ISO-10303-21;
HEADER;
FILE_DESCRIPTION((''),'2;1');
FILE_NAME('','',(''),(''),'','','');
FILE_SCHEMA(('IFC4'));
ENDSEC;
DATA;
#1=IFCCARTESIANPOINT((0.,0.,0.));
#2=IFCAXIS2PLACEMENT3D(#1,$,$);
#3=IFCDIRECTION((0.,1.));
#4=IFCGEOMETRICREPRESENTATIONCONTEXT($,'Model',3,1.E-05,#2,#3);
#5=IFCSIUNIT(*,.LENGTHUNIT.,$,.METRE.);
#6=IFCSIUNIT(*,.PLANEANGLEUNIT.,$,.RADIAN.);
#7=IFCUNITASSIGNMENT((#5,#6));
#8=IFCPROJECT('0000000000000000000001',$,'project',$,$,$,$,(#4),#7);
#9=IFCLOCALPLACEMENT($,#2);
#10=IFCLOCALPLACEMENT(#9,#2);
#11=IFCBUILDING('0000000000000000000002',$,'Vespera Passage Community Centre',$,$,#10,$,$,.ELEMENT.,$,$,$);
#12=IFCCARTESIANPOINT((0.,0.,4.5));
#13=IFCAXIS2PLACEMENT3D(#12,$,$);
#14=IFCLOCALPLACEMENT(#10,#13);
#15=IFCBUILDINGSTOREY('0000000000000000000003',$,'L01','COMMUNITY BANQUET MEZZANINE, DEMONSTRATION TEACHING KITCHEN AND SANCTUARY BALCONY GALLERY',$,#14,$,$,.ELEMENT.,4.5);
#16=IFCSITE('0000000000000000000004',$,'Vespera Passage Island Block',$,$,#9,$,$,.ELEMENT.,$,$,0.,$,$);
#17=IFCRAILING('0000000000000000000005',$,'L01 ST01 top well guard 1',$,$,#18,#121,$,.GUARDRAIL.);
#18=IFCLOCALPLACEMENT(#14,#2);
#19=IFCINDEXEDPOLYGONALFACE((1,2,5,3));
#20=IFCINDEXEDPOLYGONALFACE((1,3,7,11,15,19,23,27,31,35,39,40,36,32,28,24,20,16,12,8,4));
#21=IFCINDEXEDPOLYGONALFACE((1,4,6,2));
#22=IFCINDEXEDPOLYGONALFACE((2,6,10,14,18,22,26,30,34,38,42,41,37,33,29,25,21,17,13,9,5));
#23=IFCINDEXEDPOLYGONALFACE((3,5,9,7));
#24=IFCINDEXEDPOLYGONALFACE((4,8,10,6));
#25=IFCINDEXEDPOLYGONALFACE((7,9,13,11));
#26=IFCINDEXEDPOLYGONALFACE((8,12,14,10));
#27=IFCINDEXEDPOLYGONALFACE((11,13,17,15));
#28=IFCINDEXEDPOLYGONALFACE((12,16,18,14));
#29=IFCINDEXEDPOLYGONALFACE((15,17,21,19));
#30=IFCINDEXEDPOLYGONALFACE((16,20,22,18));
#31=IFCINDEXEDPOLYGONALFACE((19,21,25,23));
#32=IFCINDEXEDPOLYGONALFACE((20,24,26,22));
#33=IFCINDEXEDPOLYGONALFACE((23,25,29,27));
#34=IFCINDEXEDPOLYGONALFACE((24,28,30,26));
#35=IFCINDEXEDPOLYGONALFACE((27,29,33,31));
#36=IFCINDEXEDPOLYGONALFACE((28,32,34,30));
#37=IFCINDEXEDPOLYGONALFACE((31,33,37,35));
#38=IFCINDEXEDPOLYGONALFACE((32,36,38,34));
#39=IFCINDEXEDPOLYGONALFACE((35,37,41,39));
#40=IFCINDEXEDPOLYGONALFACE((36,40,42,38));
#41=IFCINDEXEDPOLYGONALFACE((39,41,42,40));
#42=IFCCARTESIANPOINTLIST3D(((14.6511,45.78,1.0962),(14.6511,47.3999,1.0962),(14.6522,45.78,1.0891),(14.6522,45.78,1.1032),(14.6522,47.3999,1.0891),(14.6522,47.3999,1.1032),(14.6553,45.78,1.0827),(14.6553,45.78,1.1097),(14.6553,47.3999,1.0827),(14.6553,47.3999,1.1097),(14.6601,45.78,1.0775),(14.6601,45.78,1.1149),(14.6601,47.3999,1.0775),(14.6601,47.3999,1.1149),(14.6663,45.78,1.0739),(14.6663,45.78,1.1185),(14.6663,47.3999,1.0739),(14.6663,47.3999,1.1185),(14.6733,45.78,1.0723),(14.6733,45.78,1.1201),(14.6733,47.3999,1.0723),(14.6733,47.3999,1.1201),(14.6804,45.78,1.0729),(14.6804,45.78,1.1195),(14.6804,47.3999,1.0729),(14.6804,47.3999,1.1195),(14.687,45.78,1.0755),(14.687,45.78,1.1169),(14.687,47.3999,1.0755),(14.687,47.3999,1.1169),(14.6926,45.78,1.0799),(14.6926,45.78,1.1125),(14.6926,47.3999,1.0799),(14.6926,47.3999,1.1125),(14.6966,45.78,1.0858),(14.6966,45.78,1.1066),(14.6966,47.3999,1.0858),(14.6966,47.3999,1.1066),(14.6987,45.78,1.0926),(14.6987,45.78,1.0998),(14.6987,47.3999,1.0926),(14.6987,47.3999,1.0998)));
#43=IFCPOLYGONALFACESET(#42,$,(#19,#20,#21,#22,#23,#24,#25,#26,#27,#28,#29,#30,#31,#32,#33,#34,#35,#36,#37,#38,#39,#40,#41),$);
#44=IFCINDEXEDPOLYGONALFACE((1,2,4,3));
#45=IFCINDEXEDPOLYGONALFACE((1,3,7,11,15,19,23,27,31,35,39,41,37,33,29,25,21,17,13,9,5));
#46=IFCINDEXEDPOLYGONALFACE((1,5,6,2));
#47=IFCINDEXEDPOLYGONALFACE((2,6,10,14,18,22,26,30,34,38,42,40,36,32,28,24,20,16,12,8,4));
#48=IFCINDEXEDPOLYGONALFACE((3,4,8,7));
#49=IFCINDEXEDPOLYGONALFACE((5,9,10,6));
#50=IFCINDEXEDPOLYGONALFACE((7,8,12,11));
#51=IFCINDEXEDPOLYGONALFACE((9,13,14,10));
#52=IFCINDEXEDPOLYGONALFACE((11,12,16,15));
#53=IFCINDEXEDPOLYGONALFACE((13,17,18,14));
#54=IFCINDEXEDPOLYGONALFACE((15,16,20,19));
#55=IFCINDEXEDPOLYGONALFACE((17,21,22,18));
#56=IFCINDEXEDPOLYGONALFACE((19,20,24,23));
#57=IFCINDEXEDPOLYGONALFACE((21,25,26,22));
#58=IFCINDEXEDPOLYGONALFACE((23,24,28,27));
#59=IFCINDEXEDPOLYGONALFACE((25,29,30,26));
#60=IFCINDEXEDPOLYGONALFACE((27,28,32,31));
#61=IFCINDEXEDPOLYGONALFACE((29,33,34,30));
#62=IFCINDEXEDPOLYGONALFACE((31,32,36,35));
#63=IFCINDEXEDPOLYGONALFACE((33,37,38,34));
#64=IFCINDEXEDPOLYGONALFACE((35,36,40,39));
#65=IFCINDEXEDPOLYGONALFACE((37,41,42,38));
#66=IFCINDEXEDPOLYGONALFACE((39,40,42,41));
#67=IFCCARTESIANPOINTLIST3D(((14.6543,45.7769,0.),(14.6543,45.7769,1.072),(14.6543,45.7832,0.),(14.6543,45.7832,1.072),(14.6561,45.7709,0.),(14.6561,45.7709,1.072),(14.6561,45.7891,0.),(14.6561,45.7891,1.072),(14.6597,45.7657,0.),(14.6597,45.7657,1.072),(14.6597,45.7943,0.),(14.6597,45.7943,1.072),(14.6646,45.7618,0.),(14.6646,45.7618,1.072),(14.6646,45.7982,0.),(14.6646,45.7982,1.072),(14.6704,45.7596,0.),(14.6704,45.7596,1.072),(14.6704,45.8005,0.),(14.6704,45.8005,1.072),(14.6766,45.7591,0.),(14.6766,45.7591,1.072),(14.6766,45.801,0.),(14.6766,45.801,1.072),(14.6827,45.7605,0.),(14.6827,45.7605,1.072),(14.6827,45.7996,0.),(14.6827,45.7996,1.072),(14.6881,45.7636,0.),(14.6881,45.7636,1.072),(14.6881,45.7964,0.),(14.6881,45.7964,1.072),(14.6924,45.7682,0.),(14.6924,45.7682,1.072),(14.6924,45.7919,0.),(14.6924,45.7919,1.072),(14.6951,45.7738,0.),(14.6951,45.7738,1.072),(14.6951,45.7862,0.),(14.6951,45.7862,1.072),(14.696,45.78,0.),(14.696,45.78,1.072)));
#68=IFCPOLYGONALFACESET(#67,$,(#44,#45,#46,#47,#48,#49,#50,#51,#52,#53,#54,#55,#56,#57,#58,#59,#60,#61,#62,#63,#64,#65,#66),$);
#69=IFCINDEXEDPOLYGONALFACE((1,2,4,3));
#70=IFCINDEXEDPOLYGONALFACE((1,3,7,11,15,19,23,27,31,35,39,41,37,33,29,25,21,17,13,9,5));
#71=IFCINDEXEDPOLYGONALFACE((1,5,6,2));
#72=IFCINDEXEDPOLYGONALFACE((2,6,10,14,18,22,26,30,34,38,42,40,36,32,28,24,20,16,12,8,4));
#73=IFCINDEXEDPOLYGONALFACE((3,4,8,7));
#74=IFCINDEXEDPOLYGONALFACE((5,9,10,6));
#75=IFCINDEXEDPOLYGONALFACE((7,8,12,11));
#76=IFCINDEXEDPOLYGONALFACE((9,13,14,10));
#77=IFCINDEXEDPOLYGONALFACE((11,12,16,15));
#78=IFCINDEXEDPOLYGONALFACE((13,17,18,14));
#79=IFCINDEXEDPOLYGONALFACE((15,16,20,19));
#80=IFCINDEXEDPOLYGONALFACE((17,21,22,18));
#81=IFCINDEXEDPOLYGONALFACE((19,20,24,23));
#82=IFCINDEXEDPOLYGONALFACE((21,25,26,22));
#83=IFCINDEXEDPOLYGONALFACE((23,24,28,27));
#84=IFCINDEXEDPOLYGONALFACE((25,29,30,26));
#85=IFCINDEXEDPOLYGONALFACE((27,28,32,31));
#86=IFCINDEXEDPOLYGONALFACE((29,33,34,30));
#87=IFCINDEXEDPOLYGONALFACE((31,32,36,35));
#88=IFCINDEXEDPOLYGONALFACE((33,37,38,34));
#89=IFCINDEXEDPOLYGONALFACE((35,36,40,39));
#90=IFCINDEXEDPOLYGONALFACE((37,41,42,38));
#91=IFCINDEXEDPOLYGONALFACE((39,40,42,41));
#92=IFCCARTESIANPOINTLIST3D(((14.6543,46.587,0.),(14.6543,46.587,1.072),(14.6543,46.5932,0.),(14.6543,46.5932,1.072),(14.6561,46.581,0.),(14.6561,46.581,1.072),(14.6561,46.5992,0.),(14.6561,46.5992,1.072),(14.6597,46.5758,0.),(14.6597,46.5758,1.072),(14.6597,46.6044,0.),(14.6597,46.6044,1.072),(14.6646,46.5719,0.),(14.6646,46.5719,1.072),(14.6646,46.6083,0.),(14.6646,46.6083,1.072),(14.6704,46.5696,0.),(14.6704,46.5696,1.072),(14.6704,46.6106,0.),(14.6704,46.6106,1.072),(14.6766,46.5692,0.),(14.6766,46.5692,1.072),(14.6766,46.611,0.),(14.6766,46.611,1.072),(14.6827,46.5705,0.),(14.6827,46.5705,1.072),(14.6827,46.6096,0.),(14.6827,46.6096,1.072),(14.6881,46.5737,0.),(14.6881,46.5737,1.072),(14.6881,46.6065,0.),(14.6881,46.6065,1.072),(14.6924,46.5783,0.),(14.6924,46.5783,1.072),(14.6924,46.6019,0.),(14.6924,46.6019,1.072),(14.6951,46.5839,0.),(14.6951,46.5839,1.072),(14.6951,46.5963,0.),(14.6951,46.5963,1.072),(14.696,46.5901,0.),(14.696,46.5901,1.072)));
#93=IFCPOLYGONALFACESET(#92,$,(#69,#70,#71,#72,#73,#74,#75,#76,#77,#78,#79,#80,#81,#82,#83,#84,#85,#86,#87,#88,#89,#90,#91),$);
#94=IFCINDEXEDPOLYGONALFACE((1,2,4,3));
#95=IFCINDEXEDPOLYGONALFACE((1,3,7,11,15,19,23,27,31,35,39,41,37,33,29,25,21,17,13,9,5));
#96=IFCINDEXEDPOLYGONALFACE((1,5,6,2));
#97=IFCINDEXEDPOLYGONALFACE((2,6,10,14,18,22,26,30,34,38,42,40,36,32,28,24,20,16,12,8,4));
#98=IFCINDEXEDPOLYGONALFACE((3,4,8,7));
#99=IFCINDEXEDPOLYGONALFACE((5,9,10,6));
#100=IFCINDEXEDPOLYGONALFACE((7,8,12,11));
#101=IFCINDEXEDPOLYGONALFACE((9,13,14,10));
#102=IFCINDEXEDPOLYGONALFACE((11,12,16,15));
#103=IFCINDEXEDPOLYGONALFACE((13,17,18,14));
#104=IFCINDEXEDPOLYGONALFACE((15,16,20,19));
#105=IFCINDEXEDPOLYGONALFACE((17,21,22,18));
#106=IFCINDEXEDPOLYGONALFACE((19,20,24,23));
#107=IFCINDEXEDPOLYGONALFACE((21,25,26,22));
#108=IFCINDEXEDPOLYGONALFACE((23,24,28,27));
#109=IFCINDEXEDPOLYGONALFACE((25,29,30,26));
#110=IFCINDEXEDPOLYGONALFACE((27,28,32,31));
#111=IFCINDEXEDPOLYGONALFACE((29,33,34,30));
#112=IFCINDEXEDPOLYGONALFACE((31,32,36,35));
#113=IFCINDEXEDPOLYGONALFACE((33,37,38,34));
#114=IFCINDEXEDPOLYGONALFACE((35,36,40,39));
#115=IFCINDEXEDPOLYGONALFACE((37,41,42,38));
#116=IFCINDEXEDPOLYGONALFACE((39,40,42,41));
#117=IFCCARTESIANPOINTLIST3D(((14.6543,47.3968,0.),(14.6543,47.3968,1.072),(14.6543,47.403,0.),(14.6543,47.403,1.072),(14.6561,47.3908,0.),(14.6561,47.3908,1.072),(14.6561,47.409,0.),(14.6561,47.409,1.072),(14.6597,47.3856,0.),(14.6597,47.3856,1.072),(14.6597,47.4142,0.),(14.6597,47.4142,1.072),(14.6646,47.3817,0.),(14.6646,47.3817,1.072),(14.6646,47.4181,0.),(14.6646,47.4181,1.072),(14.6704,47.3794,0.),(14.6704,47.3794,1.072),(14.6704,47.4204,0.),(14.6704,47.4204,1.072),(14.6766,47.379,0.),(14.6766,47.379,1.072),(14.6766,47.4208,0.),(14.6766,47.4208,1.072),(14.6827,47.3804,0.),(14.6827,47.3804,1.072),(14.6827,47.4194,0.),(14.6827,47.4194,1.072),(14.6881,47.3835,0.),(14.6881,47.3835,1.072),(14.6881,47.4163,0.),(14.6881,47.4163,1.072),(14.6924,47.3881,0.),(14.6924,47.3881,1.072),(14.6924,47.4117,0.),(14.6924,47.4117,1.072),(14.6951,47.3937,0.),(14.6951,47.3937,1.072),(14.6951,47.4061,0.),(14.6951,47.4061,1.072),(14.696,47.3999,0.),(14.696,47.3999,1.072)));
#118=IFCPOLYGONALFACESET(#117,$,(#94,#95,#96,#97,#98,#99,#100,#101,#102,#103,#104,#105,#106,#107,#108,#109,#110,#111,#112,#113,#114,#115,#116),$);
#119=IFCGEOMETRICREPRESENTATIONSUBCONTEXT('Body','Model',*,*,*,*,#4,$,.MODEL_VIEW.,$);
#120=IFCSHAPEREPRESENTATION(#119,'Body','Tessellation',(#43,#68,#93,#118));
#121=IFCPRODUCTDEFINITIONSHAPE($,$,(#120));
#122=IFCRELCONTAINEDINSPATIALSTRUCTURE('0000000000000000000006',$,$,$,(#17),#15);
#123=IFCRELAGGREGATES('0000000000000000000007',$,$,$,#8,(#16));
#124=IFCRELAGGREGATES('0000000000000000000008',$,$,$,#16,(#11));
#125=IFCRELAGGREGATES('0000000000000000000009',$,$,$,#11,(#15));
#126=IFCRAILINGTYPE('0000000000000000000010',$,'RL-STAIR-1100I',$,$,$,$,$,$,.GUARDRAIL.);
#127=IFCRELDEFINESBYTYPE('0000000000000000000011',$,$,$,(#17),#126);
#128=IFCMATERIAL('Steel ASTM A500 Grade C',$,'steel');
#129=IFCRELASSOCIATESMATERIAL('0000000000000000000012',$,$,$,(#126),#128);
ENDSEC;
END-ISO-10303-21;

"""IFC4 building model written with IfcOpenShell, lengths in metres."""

from ifc_helpers import new_model, si_unit, direction, frame, origin, origin_2d, place, context, subcontext, project, spatial, circle, extrude, material, type_object, element, save


model = new_model("IFC4")

# Units and contexts
model_context = context("Model", 3, precision=1e-05, world=origin(), true_north=direction((0.0, 1.0)))
body_context = subcontext(model_context, "Body", "Model", "MODEL_VIEW")
ifc_project = project(units=[si_unit("LENGTHUNIT", "METRE"), si_unit("PLANEANGLEUNIT", "RADIAN")], contexts=[model_context])

# Site, building, storey
site_placement = place(None, origin())
site = spatial("IfcSite", under=ifc_project, at=site_placement, Name="Vespera Passage Island Block", CompositionType="ELEMENT", RefElevation=0.0)
building_placement = place(site_placement, origin())
building = spatial("IfcBuilding", under=site, at=building_placement, Name="Vespera Passage Community Centre", CompositionType="ELEMENT")
storey_placement = place(building_placement, frame((0.0, 0.0, 4.5)))
storey = spatial("IfcBuildingStorey", under=building, at=storey_placement, Name="L01", Description="COMMUNITY BANQUET MEZZANINE, DEMONSTRATION TEACHING KITCHEN AND SANCTUARY BALCONY GALLERY", CompositionType="ELEMENT", Elevation=4.5)

# Railing
ifc_material_1 = material(Name="Steel ASTM A500 Grade C", Category="steel")
railing_type = type_object("IfcRailingType", Name="RL-STAIR-1100I", PredefinedType="GUARDRAIL", material=ifc_material_1)
railing_1_placement = place(storey_placement, frame((14.675, 45.78, 0.0)))
element("IfcRailing", 1, at=railing_1_placement, inside=storey, type_object=railing_type, Name="L01 ST01 top well guard 1", PredefinedType="GUARDRAIL", context=body_context, shape_type="SweptSolid", body=[
    extrude(circle(Radius=0.0239, at=origin_2d()), frame((0.0, 0.0, 1.0962), z_axis=(0.0, 1.0, 0.0), x_axis=(-1.0, 0.0, 0.0)), (0.0, 0.0, 1.0), 1.6199),
    extrude(circle(Radius=0.021, at=origin_2d()), origin(), (0.0, 0.0, 1.0), 1.072),
    extrude(circle(Radius=0.021, at=origin_2d()), frame((0.0, 0.8101, 0.0)), (0.0, 0.0, 1.0), 1.072),
    extrude(circle(Radius=0.021, at=origin_2d()), frame((0.0, 1.6199, 0.0)), (0.0, 0.0, 1.0), 1.072),
])

save(model, "model.ifc")
